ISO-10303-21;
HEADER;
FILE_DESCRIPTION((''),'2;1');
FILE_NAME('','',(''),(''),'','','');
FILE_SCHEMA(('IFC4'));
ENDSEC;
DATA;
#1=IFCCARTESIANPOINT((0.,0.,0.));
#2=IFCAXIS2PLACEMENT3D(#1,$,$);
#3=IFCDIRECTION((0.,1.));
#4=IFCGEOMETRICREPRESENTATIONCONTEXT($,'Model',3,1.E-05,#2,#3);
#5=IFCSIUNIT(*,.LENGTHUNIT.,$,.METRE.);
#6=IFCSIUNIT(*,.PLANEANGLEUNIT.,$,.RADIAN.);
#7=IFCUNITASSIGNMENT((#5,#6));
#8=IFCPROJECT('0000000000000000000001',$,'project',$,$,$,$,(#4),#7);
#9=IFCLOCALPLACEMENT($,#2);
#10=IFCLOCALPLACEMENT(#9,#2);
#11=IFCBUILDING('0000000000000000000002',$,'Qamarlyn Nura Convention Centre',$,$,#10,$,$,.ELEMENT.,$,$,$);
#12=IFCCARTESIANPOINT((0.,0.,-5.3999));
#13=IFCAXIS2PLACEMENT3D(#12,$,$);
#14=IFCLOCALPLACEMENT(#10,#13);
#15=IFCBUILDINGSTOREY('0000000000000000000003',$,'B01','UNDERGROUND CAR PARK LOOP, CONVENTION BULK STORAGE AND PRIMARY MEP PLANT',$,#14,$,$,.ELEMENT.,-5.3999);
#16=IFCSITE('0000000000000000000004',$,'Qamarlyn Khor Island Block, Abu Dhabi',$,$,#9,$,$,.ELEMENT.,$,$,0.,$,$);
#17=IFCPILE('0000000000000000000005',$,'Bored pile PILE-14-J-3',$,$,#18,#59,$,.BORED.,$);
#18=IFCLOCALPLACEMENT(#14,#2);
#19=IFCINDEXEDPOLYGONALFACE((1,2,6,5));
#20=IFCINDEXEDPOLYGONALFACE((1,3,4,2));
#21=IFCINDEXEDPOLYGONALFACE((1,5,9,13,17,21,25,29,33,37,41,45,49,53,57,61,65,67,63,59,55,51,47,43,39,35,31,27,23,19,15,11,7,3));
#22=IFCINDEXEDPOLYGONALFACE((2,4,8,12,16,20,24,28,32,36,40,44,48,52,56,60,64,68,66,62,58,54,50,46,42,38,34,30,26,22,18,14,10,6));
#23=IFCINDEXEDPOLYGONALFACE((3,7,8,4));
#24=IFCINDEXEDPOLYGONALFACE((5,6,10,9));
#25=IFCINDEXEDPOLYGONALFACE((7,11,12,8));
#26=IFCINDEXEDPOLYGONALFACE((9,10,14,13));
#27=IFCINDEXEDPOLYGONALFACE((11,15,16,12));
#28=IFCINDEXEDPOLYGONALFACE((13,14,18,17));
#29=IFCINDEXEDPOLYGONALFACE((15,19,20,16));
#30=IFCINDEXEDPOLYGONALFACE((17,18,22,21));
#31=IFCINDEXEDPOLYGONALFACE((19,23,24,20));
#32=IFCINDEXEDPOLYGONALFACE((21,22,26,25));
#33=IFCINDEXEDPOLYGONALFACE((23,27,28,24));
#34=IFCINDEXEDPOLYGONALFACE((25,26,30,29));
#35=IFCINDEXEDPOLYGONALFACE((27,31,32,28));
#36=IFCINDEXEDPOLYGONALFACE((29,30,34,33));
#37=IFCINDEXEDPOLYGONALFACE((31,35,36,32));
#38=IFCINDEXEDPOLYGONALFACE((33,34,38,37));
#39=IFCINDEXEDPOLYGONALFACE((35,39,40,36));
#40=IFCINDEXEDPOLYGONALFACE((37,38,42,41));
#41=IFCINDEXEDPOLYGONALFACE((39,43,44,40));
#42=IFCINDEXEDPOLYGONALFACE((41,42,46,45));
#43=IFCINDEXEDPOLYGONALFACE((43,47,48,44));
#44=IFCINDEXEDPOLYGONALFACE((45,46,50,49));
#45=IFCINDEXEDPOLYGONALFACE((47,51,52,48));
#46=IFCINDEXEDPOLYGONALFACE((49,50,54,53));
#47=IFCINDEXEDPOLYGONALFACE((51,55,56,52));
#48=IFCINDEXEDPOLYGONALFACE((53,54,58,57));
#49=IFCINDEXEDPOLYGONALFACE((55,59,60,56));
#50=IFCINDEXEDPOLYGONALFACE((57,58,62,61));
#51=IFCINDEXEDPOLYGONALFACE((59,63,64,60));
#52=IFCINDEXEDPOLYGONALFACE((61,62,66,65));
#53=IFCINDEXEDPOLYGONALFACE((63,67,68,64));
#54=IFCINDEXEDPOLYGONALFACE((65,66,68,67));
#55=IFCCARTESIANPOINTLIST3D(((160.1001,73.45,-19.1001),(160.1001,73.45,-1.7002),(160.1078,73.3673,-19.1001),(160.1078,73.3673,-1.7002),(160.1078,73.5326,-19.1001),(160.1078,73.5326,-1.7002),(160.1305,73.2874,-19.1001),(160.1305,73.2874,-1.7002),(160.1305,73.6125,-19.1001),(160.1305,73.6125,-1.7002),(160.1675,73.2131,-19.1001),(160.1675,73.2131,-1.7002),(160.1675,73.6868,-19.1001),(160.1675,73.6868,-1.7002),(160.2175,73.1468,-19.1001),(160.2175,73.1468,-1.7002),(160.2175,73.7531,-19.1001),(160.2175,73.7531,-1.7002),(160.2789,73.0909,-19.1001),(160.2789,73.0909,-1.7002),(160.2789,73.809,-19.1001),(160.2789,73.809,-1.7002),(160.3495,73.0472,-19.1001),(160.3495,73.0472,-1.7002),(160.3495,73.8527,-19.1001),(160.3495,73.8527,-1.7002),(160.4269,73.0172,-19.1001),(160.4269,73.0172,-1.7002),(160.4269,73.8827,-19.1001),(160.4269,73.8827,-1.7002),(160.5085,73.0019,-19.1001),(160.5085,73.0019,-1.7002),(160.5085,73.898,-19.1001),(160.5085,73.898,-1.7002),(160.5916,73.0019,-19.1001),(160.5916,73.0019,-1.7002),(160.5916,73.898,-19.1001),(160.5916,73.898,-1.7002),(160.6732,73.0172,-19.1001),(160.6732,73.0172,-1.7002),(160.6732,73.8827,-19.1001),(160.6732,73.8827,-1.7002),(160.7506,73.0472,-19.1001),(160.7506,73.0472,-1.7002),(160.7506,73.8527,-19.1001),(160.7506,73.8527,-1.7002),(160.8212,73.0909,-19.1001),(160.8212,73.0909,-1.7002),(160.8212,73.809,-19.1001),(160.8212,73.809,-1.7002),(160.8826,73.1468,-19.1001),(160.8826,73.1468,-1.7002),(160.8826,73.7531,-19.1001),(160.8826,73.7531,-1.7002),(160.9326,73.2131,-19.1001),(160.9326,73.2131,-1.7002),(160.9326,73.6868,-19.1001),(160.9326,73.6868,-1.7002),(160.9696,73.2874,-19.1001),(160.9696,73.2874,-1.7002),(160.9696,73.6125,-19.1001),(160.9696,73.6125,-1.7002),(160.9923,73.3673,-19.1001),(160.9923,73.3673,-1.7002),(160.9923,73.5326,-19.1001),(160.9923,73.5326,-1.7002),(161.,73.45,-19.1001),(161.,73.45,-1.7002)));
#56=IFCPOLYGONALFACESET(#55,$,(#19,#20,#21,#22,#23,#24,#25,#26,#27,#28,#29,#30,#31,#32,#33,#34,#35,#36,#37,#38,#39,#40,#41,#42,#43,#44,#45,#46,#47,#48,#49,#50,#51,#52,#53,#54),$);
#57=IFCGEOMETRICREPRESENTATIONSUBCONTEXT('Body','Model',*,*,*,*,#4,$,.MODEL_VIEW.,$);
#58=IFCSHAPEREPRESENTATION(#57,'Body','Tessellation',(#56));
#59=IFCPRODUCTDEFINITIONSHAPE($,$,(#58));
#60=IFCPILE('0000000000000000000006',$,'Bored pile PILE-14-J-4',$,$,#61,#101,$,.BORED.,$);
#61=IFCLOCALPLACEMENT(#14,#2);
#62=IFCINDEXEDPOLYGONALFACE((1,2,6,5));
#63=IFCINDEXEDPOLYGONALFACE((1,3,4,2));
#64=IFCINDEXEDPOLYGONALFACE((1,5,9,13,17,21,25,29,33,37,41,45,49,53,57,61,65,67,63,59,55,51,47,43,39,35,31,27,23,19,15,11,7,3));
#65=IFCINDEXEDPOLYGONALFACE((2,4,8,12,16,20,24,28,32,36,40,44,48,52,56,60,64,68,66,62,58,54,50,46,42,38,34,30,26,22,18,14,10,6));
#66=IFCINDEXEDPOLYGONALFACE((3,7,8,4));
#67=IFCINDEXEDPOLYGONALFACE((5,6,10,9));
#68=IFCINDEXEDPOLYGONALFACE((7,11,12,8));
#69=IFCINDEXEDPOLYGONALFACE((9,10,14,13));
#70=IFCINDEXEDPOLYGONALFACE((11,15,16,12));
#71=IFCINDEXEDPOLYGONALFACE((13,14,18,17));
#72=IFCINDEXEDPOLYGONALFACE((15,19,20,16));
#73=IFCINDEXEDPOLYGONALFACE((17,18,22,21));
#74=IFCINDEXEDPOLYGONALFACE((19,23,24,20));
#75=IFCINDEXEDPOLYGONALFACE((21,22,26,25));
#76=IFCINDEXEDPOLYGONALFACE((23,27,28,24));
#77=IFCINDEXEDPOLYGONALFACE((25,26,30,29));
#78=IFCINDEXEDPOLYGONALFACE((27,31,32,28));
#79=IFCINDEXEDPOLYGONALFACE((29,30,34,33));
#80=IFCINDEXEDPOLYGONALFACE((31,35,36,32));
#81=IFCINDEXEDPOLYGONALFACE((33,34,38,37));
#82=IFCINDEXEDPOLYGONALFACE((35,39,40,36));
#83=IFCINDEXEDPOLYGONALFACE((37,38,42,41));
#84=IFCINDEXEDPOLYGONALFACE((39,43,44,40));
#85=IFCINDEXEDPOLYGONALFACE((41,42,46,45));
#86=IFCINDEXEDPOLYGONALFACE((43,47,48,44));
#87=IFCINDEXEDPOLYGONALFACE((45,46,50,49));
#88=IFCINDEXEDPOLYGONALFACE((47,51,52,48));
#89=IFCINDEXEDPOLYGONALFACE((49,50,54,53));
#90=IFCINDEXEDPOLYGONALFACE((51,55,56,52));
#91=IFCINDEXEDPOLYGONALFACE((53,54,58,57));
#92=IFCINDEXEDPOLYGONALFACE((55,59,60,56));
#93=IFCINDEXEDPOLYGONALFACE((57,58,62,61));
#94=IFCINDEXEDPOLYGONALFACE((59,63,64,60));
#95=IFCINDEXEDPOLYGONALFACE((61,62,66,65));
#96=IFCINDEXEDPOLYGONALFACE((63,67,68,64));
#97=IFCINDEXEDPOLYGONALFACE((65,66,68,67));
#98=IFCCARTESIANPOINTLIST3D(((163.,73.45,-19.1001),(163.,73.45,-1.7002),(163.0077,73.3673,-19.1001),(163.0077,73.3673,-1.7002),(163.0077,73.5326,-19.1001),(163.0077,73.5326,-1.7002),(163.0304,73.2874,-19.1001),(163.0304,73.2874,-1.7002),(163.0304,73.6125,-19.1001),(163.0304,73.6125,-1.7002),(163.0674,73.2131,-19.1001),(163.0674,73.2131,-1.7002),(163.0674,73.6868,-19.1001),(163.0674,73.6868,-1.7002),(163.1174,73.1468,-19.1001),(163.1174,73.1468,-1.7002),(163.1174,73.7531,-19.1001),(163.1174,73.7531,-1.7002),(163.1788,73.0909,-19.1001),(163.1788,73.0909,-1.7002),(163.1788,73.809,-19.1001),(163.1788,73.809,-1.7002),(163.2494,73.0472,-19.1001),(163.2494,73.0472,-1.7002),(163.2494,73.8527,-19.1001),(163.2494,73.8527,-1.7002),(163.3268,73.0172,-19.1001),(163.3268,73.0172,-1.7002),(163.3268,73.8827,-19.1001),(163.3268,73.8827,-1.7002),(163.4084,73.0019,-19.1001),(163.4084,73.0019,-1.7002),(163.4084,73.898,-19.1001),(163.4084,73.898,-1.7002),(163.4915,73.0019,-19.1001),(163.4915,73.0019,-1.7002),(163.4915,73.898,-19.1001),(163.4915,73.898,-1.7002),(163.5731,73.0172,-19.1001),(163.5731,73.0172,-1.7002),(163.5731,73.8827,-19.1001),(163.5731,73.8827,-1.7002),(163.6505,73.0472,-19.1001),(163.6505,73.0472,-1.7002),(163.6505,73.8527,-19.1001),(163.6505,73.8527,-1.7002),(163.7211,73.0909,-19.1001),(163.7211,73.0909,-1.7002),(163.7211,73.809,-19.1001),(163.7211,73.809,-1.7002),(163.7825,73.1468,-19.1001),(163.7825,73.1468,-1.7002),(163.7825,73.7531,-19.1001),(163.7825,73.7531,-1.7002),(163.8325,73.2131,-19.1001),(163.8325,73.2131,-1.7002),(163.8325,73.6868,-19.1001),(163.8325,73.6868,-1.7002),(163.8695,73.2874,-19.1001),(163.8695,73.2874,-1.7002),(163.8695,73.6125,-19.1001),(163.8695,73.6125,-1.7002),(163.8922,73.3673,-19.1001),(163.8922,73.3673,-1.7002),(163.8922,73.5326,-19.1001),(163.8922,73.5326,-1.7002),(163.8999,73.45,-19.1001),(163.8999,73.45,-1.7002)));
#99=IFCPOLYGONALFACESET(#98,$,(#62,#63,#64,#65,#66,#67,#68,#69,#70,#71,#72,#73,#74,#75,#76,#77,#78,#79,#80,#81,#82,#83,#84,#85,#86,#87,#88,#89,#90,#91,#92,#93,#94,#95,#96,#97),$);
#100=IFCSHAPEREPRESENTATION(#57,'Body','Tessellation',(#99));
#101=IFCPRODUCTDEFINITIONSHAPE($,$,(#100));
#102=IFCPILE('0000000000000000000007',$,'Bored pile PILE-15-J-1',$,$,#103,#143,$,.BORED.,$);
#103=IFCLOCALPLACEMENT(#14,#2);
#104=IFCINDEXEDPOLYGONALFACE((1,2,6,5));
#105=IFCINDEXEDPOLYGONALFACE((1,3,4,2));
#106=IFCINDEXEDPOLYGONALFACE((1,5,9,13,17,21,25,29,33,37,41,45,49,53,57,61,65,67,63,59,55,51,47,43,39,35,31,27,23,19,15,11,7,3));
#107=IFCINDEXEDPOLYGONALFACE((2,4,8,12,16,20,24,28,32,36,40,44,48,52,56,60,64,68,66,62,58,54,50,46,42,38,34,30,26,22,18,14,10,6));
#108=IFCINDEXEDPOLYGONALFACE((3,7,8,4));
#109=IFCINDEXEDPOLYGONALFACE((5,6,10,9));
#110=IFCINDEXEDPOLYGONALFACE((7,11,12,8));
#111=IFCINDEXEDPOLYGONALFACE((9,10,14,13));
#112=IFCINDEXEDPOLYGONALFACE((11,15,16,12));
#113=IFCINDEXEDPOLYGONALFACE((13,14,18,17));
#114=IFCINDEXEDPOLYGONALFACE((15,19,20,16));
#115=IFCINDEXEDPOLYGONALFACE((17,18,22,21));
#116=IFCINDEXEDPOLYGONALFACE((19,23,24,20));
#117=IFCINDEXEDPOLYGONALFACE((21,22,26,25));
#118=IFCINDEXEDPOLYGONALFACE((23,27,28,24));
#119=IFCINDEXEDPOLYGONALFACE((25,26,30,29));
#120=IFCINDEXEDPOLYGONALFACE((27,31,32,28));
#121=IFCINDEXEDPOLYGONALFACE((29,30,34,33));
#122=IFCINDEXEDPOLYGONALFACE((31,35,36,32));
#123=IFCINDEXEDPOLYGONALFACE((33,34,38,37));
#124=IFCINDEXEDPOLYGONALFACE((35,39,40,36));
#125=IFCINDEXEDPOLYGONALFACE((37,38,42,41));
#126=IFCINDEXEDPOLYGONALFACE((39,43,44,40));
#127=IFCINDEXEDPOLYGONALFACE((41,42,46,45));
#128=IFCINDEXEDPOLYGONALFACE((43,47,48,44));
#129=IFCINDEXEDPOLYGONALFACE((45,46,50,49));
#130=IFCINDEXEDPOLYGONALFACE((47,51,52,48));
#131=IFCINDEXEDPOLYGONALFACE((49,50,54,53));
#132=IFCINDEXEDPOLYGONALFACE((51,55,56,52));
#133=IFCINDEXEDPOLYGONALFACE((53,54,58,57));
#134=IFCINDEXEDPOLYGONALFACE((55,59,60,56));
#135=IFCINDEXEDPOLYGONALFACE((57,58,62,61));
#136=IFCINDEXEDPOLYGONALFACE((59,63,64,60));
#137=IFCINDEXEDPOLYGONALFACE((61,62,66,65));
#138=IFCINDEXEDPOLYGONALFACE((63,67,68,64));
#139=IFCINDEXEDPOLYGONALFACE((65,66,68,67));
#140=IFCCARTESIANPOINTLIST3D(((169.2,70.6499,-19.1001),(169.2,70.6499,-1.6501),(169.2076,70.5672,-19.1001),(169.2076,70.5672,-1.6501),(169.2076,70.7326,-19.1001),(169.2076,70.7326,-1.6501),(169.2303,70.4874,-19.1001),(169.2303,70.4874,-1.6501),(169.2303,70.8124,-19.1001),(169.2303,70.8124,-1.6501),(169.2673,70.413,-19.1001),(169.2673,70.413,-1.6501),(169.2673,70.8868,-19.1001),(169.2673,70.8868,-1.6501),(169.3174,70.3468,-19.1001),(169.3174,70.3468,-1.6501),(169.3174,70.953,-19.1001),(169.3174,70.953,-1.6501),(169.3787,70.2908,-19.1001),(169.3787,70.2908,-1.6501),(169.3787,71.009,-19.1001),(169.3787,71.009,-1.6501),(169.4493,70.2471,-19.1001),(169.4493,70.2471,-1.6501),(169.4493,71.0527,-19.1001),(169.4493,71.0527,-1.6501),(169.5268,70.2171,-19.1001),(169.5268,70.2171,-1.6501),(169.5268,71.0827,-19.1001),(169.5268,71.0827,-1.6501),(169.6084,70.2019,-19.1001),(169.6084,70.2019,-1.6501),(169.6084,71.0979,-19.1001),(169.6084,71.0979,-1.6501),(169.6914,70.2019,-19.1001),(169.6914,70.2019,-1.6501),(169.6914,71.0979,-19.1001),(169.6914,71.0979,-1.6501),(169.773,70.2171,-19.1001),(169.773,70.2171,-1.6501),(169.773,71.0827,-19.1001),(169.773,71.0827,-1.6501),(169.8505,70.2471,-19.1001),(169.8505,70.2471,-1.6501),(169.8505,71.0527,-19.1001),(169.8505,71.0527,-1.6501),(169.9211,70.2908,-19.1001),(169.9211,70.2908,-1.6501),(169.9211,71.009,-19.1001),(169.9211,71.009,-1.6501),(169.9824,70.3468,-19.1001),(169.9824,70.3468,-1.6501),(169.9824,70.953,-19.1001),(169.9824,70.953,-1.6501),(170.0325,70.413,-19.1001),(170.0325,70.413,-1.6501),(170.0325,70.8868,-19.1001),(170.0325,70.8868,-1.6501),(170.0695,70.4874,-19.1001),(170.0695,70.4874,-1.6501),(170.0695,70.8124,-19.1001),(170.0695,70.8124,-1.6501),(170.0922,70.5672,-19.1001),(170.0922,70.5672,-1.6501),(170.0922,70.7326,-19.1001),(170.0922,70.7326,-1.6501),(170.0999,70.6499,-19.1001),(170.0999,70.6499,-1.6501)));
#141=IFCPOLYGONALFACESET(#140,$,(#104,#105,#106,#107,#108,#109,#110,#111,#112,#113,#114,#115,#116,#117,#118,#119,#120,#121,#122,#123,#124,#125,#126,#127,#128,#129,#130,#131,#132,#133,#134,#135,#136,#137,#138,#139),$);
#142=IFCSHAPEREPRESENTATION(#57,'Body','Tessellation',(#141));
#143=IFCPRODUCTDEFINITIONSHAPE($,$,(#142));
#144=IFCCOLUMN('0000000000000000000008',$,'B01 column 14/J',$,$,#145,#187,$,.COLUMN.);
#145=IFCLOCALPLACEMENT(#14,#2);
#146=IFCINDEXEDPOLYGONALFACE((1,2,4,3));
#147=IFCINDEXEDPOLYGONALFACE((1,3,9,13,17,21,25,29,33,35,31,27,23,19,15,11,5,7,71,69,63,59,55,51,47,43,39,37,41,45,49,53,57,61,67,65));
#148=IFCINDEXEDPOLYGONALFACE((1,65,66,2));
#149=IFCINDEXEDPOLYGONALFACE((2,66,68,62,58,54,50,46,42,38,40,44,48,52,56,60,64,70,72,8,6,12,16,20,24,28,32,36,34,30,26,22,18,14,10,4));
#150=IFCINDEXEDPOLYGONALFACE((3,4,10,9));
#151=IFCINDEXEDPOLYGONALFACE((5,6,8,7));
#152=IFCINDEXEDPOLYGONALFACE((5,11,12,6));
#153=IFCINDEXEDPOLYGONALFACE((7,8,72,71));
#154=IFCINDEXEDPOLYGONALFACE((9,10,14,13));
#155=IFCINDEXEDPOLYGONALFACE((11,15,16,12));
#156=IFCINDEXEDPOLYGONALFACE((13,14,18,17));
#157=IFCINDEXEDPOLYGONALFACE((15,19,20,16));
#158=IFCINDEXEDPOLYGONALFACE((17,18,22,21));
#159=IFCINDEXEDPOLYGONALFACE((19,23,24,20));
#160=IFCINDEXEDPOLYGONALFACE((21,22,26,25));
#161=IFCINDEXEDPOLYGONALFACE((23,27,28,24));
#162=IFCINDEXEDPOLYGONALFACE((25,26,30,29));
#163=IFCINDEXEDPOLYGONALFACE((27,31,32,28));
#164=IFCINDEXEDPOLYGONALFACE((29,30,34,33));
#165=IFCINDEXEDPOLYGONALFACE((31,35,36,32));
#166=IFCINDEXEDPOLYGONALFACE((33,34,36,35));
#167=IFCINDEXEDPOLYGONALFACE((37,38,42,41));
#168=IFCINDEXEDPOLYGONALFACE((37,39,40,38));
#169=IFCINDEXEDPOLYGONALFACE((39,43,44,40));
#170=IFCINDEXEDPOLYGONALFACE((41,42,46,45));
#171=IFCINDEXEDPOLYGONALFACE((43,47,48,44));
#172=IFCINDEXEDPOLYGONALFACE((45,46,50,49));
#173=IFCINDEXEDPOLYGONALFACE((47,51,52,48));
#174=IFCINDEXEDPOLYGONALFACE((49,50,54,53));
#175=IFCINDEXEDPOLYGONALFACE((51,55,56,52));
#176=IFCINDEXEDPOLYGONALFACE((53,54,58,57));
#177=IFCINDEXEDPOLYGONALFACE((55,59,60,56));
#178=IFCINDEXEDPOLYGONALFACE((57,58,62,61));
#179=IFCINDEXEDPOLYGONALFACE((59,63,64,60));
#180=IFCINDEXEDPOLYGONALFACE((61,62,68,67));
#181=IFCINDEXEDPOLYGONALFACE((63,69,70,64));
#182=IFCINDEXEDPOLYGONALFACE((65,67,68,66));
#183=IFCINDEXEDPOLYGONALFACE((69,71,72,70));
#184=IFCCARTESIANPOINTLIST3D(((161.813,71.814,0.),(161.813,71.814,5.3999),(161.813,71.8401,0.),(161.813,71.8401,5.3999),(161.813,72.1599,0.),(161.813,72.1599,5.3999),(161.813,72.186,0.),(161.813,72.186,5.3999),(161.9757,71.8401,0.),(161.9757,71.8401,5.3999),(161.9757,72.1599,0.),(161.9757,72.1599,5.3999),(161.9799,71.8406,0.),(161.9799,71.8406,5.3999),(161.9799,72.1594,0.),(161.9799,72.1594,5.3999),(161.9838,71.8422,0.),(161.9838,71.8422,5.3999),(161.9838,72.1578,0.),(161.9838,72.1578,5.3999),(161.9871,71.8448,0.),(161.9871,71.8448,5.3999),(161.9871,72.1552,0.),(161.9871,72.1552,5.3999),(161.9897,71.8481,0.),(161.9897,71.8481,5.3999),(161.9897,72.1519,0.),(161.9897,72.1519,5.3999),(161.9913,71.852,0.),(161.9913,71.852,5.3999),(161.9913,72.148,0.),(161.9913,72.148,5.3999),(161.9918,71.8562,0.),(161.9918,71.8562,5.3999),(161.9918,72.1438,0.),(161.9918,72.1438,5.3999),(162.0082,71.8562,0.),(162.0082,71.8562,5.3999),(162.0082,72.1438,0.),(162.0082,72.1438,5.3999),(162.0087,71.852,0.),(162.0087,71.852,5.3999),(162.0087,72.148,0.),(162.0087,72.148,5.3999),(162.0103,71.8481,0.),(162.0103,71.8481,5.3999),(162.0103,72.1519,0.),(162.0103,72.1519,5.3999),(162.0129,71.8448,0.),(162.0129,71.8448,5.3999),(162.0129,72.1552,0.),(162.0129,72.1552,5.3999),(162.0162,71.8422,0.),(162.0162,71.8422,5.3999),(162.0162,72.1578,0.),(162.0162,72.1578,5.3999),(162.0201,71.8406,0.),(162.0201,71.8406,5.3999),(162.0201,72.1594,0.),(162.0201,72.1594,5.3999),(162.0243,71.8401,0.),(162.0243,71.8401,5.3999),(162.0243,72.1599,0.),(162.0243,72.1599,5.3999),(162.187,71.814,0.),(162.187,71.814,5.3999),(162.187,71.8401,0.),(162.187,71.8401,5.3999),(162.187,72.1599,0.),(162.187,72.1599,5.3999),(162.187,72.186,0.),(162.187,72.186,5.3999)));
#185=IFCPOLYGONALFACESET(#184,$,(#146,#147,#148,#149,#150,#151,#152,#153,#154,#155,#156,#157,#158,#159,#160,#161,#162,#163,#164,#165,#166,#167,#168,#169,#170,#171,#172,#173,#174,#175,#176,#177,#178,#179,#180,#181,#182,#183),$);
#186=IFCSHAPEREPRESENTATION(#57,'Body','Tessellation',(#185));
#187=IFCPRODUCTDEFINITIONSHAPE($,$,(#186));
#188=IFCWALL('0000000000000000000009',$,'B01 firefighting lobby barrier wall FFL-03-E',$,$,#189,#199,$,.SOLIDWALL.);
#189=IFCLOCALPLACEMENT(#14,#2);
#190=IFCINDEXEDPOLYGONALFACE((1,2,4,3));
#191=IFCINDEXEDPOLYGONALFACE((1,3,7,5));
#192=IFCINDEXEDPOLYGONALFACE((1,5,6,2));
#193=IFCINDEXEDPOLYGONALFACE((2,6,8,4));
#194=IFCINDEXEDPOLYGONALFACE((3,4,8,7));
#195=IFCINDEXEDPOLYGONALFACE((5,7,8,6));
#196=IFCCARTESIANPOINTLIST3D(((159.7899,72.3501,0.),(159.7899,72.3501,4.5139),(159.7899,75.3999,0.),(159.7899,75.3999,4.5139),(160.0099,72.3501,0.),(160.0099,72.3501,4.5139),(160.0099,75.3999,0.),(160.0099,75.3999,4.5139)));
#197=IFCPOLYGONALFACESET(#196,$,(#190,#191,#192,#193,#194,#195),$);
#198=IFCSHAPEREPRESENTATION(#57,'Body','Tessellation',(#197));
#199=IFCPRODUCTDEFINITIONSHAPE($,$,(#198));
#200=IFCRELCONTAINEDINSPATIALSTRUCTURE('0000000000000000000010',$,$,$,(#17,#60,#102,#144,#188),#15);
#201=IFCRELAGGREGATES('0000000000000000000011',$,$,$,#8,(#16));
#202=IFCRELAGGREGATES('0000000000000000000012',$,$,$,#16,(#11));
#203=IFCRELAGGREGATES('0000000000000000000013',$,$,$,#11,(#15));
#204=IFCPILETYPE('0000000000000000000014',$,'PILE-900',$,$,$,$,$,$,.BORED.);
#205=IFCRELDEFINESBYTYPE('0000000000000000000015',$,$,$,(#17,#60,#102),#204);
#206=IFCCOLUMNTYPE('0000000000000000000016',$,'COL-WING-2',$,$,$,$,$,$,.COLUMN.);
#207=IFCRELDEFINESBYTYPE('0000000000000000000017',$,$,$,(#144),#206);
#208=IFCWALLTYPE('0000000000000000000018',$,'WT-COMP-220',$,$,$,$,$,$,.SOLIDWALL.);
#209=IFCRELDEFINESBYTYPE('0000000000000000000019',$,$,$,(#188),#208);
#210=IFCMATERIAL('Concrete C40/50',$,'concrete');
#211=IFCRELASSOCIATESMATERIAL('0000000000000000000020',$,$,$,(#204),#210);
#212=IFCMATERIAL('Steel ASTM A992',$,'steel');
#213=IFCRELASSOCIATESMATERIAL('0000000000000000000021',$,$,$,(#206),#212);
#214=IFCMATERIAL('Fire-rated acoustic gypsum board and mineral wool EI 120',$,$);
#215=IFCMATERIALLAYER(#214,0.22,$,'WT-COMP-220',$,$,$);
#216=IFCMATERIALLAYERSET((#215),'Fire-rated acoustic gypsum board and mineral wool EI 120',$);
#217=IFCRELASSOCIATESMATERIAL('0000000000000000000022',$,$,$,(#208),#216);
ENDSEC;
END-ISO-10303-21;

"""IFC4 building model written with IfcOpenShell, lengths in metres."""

from ifc_helpers import new_model, si_unit, direction, frame, frame_2d, origin, origin_2d, place, context, subcontext, project, spatial, rectangle, circle, i_section, extrude, material, layer, layer_set, material_profile, profile_set, type_object, element, save


model = new_model("IFC4")

# Units and contexts
model_context = context("Model", 3, precision=1e-05, world=origin(), true_north=direction((0.0, 1.0)))
body_context = subcontext(model_context, "Body", "Model", "MODEL_VIEW")
ifc_project = project(units=[si_unit("LENGTHUNIT", "METRE"), si_unit("PLANEANGLEUNIT", "RADIAN")], contexts=[model_context])

# Site, building, storey
site_placement = place(None, origin())
site = spatial("IfcSite", under=ifc_project, at=site_placement, Name="Qamarlyn Khor Island Block, Abu Dhabi", CompositionType="ELEMENT", RefElevation=0.0)
building_placement = place(site_placement, origin())
building = spatial("IfcBuilding", under=site, at=building_placement, Name="Qamarlyn Nura Convention Centre", CompositionType="ELEMENT")
storey_placement = place(building_placement, frame((0.0, 0.0, -5.3999)))
storey = spatial("IfcBuildingStorey", under=building, at=storey_placement, Name="B01", Description="UNDERGROUND CAR PARK LOOP, CONVENTION BULK STORAGE AND PRIMARY MEP PLANT", CompositionType="ELEMENT", Elevation=-5.3999)

# Shared definitions
ifc_material_1 = material(Name="Concrete C40/50", Category="concrete")

# Piles
ifc_material_profile_1 = material_profile(ifc_material_1, circle(Radius=0.45, at=origin_2d()), Name="BORED PILE 900")
ifc_profile_set_1 = profile_set([ifc_material_profile_1], Name="Concrete C40/50")
pile_type = type_object("IfcPileType", Name="PILE-900", PredefinedType="BORED", material=ifc_profile_set_1)
for number, where, z_axis, x_axis, name in (
    (1, (160.55, 73.45, -1.7002), (0.0, 0.0, -1.0), (1.0, 0.0, 0.0), "Bored pile PILE-14-J-3"),
    (2, (163.45, 73.45, -1.7002), (0.0, 0.0, -1.0), (1.0, 0.0, 0.0), "Bored pile PILE-14-J-4"),
):
    element("IfcPile", number, at=place(storey_placement, frame(where, z_axis=z_axis, x_axis=x_axis)), inside=storey, type_object=pile_type, Name=name, PredefinedType="BORED", context=body_context, shape_type="SweptSolid", body=[
        extrude(circle(Radius=0.45, at=origin_2d()), origin(), (0.0, 0.0, 1.0), 17.3999),
    ])
pile_placement = place(storey_placement, frame((169.6499, 70.6499, -1.6501), z_axis=(0.0, 0.0, -1.0), x_axis=(1.0, 0.0, 0.0)))
element("IfcPile", 3, at=pile_placement, inside=storey, type_object=pile_type, Name="Bored pile PILE-15-J-1", PredefinedType="BORED", context=body_context, shape_type="SweptSolid", body=[
    extrude(circle(Radius=0.45, at=origin_2d()), origin(), (0.0, 0.0, 1.0), 17.45),
])

# Column
ifc_material_2 = material(Name="Steel ASTM A992", Category="steel")
ifc_material_profile_2 = material_profile(ifc_material_2, i_section(OverallWidth=0.374, OverallDepth=0.3721, WebThickness=0.0164, FlangeThickness=0.0261, FilletRadius=0.0161, at=origin_2d()), Name="W360X196")
ifc_profile_set_2 = profile_set([ifc_material_profile_2], Name="Steel ASTM A992")
column_type = type_object("IfcColumnType", Name="COL-WING-2", PredefinedType="COLUMN", material=ifc_profile_set_2)
column_placement = place(storey_placement, frame((162.0, 72.0, 0.0), z_axis=(0.0, 0.0, 1.0), x_axis=(1.0, 0.0, 0.0)))
element("IfcColumn", 4, at=column_placement, inside=storey, type_object=column_type, Name="B01 column 14/J", PredefinedType="COLUMN", context=body_context, shape_type="SweptSolid", body=[
    extrude(i_section(OverallWidth=0.374, OverallDepth=0.3721, WebThickness=0.0164, FlangeThickness=0.0261, FilletRadius=0.0161, at=origin_2d()), origin(), (0.0, 0.0, 1.0), 5.3999),
])

# Wall
ifc_material_3 = material(Name="Fire-rated acoustic gypsum board and mineral wool EI 120")
ifc_layer_1 = layer(ifc_material_3, 0.22, Name="WT-COMP-220")
ifc_layer_set_1 = layer_set([ifc_layer_1], Name="Fire-rated acoustic gypsum board and mineral wool EI 120")
wall_type_1 = type_object("IfcWallType", Name="WT-COMP-220", PredefinedType="SOLIDWALL", material=ifc_layer_set_1)
wall_1_placement = place(storey_placement, frame((159.8999, 72.3501, 0.0), z_axis=(0.0, 0.0, 1.0), x_axis=(0.0, 1.0, 0.0)))
element("IfcWall", 5, at=wall_1_placement, inside=storey, type_object=wall_type_1, Name="B01 firefighting lobby barrier wall FFL-03-E", PredefinedType="SOLIDWALL", context=body_context, shape_type="SweptSolid", body=[
    extrude(rectangle(XDim=3.0498, YDim=0.22, at=frame_2d((1.5249, 0.0))), origin(), (0.0, 0.0, 1.0), 4.5139),
])

save(model, "model.ifc")
